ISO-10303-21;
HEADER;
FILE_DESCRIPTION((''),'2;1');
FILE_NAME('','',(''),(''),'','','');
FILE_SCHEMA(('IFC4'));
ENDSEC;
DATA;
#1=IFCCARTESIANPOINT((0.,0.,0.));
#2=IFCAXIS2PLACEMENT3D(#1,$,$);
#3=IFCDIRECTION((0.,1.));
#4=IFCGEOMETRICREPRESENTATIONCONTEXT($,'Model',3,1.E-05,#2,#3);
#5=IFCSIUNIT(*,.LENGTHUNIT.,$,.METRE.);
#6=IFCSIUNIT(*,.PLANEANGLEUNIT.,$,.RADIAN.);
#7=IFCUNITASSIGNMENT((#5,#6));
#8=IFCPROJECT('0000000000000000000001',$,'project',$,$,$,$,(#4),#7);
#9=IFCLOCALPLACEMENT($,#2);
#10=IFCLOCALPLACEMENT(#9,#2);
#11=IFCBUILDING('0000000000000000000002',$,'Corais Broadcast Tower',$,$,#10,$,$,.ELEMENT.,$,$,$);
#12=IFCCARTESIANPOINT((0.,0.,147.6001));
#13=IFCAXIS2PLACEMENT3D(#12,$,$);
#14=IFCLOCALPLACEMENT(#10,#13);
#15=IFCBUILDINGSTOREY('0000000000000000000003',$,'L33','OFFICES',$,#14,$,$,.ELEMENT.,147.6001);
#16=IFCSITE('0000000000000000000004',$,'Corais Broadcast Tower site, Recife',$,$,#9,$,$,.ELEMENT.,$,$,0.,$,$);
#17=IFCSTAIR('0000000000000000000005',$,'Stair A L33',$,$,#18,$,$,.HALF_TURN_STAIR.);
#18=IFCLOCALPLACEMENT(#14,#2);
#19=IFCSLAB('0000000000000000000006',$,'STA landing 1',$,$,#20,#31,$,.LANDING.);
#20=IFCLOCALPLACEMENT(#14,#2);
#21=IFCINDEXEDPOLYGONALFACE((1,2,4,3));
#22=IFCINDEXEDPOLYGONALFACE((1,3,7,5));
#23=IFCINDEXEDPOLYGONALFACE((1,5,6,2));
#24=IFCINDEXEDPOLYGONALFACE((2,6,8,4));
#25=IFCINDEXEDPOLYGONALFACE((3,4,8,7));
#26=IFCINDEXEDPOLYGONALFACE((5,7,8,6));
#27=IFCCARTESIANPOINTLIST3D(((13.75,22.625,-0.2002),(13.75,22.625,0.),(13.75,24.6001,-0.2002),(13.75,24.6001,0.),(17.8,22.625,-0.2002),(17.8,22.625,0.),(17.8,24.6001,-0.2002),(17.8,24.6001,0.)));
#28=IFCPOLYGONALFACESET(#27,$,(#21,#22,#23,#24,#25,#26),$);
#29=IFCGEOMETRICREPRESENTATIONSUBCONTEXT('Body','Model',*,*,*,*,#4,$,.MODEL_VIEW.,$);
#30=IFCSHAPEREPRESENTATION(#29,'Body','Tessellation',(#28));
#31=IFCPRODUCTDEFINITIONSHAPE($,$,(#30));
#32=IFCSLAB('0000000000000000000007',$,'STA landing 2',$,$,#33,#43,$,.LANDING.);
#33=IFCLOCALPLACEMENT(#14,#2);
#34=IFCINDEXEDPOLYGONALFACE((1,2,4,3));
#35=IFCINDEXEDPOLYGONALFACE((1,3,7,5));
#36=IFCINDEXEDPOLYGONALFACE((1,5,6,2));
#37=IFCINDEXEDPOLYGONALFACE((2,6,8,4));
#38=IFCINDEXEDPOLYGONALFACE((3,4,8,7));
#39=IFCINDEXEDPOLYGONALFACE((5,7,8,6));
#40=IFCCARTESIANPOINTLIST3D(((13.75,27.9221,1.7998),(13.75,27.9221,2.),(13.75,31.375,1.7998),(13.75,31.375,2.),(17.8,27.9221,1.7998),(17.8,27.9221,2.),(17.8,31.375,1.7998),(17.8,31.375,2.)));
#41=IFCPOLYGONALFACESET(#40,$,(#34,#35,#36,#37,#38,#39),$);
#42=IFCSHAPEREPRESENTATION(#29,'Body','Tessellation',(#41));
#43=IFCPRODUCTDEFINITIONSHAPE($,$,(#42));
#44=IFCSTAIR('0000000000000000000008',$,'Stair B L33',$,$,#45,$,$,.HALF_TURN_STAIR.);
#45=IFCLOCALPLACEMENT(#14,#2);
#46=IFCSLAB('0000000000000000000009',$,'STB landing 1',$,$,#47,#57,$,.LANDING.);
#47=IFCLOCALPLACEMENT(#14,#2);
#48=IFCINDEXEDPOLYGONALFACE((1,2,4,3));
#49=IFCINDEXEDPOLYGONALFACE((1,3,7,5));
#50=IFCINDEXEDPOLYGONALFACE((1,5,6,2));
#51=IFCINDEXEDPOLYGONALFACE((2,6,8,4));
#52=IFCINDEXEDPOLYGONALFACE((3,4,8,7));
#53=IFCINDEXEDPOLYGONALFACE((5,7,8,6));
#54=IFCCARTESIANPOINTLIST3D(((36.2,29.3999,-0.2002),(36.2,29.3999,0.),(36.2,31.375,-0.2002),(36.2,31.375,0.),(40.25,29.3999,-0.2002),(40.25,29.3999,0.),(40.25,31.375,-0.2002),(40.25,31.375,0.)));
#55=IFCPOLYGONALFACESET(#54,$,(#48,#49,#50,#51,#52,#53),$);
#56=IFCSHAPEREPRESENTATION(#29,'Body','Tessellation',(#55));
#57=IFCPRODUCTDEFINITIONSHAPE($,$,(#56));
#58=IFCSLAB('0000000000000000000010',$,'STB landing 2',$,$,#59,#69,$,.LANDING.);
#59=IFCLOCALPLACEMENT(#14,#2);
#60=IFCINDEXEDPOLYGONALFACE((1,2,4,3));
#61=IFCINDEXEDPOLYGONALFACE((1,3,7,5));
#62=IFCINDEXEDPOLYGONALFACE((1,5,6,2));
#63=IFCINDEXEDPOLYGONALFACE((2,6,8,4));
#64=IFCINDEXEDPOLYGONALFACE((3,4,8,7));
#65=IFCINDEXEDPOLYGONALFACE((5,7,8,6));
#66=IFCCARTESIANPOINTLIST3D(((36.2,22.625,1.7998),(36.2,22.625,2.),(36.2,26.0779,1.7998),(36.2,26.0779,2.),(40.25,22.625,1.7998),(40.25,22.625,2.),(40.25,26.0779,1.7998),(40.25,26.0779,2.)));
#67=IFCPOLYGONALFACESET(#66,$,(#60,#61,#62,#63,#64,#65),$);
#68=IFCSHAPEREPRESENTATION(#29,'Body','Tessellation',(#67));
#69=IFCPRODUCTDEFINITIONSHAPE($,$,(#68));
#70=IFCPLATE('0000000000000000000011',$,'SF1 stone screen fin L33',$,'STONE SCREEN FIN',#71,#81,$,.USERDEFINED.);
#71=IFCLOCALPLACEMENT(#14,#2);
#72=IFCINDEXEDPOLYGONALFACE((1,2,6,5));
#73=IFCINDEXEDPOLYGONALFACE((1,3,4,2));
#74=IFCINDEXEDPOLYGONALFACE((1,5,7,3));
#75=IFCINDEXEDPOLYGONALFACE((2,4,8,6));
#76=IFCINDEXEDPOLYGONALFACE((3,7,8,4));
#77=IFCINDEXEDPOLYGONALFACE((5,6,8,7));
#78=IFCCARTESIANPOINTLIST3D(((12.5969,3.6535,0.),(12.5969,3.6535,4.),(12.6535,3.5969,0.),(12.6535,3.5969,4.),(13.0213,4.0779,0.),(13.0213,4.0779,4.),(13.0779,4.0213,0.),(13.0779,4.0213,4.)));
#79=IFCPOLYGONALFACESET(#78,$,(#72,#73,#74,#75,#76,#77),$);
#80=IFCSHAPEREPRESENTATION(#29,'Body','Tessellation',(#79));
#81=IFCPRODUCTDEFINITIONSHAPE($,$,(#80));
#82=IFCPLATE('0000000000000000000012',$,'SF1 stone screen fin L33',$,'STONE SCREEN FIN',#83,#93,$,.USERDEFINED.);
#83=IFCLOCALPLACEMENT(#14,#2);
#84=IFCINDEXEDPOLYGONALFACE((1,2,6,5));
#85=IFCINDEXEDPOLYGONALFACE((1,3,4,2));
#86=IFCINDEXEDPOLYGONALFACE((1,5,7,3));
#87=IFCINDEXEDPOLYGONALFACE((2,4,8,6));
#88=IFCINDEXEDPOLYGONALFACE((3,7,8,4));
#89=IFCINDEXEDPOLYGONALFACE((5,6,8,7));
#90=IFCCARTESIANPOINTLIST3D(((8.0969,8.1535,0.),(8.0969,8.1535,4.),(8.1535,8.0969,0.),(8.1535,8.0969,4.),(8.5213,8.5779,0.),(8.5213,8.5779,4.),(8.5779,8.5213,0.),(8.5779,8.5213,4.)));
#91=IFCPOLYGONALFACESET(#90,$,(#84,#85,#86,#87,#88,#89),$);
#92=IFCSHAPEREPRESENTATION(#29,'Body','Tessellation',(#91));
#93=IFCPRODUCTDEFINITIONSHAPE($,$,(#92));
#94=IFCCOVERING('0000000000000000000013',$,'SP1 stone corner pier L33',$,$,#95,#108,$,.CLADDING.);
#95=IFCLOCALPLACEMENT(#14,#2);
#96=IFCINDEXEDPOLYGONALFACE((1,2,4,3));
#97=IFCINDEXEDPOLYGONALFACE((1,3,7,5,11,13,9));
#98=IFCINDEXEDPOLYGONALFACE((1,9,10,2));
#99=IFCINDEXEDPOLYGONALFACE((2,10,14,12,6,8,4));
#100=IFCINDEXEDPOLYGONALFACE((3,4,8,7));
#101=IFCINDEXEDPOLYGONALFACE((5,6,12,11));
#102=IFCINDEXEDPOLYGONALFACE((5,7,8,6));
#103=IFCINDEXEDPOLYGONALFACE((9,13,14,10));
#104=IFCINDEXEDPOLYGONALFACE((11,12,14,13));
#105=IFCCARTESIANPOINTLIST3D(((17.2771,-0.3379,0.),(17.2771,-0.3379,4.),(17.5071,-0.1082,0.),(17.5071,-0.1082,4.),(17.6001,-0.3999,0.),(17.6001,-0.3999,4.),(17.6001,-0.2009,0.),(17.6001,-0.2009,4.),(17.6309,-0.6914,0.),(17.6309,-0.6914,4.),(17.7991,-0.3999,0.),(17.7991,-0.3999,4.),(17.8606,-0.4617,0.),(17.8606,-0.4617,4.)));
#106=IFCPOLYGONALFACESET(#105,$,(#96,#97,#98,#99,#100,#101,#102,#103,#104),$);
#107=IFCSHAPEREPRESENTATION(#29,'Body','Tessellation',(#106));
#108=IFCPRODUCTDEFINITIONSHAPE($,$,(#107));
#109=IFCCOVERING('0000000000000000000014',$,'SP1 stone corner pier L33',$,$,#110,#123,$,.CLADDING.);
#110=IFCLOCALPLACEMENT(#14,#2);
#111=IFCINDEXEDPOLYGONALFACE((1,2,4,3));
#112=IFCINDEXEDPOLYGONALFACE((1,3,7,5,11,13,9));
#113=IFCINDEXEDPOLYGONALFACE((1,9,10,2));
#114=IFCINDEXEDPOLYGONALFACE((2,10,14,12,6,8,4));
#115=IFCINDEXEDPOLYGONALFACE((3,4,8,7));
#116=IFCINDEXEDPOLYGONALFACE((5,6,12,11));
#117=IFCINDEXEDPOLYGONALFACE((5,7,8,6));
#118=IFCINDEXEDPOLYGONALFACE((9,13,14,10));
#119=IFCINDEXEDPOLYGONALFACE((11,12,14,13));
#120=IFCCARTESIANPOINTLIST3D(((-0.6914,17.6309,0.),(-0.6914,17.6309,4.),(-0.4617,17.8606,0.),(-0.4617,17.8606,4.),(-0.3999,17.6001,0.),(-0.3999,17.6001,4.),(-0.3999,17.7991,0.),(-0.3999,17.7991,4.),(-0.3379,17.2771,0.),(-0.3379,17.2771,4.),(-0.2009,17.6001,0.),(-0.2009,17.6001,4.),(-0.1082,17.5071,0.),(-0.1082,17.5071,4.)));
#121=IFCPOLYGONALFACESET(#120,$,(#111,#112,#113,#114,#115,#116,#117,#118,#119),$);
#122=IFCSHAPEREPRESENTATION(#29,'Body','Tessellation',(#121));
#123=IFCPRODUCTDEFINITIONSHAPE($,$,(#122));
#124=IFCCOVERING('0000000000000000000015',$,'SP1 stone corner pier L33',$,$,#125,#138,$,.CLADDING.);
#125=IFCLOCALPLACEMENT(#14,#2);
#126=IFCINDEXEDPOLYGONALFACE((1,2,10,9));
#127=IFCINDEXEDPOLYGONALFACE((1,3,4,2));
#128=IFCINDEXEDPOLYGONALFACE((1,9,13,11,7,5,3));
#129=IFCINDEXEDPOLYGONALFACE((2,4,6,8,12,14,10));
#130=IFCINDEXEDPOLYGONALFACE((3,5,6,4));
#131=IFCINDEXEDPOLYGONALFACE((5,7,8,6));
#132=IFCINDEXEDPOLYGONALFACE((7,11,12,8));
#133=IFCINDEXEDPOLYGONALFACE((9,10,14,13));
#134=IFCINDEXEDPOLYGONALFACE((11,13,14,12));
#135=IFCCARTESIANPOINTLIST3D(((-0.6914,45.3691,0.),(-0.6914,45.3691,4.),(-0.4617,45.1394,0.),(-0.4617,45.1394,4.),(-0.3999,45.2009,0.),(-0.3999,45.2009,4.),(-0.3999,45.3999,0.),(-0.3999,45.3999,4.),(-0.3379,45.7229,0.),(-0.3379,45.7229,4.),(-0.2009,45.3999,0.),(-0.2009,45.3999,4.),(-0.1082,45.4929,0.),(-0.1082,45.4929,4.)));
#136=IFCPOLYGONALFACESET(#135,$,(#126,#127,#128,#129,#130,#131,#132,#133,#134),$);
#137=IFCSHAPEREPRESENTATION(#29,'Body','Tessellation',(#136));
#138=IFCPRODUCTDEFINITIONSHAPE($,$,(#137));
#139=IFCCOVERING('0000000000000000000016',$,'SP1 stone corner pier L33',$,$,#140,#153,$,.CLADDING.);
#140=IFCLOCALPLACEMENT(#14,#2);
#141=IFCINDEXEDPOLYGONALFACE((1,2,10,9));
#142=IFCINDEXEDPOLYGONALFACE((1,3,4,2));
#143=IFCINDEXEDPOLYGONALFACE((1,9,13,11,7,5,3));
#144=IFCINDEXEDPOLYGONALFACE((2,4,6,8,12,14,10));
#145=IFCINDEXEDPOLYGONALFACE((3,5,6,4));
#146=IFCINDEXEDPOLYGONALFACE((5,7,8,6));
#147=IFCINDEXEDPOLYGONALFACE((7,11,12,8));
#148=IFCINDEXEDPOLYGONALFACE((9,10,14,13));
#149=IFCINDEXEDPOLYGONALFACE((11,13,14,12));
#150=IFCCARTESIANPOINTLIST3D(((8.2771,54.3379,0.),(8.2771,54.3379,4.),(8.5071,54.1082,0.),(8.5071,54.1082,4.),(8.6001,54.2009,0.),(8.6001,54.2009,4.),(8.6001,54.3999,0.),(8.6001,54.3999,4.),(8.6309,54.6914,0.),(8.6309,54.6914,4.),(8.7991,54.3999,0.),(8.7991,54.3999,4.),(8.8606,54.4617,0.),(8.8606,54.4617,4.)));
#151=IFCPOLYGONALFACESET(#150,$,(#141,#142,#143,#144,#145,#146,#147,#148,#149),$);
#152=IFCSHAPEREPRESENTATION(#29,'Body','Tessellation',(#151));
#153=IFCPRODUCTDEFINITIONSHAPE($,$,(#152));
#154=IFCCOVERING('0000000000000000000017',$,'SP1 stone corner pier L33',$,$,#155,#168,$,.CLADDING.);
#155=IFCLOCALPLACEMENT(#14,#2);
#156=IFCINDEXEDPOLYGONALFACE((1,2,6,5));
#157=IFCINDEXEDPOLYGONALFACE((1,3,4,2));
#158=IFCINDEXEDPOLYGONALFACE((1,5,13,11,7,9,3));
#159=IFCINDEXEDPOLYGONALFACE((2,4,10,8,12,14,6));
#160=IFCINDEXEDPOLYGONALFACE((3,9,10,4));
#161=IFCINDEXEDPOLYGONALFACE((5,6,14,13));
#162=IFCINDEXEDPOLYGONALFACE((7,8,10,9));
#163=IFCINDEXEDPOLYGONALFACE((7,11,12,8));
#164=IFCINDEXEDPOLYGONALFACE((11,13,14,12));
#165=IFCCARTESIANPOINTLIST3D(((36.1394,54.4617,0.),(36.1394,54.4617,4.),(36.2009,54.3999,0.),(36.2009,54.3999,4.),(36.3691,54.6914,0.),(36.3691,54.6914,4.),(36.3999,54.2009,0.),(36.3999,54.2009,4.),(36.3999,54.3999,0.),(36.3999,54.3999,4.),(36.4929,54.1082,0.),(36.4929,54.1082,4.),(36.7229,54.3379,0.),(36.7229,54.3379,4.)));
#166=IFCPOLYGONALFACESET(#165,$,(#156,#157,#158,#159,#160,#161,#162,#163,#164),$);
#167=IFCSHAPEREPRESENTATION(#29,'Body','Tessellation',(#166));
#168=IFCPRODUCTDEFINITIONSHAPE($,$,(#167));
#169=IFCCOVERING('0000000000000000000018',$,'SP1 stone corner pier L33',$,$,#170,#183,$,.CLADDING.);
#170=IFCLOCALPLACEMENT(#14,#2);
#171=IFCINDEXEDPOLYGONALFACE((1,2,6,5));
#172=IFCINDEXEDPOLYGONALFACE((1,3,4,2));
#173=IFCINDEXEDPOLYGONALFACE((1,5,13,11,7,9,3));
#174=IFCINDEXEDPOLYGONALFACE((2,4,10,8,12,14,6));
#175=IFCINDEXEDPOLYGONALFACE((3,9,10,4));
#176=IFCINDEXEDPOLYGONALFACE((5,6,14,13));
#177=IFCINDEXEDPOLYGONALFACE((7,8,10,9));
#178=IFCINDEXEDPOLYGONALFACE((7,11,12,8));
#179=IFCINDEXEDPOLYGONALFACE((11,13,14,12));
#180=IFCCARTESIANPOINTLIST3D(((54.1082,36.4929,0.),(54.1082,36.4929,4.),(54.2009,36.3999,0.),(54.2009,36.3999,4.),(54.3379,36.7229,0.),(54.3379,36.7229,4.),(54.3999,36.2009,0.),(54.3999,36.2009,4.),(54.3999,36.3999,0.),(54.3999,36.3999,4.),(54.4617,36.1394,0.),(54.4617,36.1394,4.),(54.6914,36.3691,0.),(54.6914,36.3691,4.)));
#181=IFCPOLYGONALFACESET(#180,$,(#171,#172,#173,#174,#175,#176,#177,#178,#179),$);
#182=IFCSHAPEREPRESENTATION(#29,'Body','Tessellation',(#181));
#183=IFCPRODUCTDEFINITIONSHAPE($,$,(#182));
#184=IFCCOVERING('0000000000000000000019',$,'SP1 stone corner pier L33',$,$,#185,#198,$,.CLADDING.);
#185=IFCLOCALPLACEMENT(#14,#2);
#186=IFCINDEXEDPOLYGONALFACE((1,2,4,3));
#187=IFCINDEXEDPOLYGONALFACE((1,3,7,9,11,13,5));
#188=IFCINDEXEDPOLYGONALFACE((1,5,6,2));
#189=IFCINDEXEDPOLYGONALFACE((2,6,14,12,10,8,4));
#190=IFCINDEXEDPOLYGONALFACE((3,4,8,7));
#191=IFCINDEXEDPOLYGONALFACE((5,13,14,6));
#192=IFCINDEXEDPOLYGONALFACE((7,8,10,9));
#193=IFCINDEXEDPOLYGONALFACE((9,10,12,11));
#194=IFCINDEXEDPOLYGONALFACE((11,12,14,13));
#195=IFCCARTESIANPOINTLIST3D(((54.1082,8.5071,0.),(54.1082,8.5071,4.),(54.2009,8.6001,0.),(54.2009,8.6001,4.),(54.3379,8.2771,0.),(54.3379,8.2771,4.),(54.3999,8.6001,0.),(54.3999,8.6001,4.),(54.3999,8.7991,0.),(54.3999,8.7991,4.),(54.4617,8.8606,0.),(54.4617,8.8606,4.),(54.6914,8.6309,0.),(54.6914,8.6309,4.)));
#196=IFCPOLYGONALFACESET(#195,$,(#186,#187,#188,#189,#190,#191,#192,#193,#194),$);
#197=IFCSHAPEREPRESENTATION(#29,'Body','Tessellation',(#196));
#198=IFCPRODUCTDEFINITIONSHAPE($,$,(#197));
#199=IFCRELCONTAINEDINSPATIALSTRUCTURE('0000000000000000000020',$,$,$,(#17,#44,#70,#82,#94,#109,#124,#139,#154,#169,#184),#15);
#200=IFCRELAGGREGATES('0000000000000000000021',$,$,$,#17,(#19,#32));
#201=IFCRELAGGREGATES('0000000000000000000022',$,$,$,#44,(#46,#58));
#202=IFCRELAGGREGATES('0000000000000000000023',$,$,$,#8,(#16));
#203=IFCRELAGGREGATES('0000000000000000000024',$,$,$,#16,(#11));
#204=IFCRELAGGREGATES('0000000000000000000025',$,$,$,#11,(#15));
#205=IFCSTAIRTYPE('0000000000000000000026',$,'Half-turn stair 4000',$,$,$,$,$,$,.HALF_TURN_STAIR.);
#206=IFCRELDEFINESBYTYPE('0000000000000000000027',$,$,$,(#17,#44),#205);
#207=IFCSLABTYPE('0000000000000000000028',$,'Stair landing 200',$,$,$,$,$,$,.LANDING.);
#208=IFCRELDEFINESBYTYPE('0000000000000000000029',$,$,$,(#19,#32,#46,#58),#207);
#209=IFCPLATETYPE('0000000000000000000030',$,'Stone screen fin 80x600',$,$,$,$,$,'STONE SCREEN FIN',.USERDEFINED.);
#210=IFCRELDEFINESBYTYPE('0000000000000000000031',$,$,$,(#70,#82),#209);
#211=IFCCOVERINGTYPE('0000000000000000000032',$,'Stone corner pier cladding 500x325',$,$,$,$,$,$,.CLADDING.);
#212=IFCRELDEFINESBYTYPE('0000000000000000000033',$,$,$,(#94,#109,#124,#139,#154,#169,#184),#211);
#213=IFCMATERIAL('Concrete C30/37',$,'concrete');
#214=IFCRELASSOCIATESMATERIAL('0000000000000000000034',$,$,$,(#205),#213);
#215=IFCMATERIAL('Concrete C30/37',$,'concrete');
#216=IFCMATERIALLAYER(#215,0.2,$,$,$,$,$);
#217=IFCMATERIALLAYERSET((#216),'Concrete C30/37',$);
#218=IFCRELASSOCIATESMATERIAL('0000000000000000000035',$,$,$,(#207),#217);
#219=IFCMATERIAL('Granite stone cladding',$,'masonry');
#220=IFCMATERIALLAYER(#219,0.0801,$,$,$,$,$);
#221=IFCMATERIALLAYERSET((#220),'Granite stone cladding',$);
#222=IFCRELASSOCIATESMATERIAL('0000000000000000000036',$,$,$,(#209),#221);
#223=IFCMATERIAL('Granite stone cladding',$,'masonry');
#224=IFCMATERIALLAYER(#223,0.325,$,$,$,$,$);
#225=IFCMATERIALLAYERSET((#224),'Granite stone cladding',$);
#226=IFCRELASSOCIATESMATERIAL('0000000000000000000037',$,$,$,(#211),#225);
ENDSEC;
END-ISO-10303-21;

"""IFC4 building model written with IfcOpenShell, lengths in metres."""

from ifc_helpers import new_model, si_unit, direction, frame, origin, origin_2d, place, context, subcontext, project, spatial, polyline, rectangle, outline, extrude, material, layer, layer_set, type_object, element, aggregate, save


model = new_model("IFC4")

# Units and contexts
model_context = context("Model", 3, precision=1e-05, world=origin(), true_north=direction((0.0, 1.0)))
body_context = subcontext(model_context, "Body", "Model", "MODEL_VIEW")
ifc_project = project(units=[si_unit("LENGTHUNIT", "METRE"), si_unit("PLANEANGLEUNIT", "RADIAN")], contexts=[model_context])

# Site, building, storey
site_placement = place(None, origin())
site = spatial("IfcSite", under=ifc_project, at=site_placement, Name="Corais Broadcast Tower site, Recife", CompositionType="ELEMENT", RefElevation=0.0)
building_placement = place(site_placement, origin())
building = spatial("IfcBuilding", under=site, at=building_placement, Name="Corais Broadcast Tower", CompositionType="ELEMENT")
storey_placement = place(building_placement, frame((0.0, 0.0, 147.6001)))
storey = spatial("IfcBuildingStorey", under=building, at=storey_placement, Name="L33", Description="OFFICES", CompositionType="ELEMENT", Elevation=147.6001)

# Stairs, slabs
ifc_material_1 = material(Name="Concrete C30/37", Category="concrete")
stair_type = type_object("IfcStairType", Name="Half-turn stair 4000", PredefinedType="HALF_TURN_STAIR", material=ifc_material_1)
stair_1_placement = place(storey_placement, origin())
stair_1 = element("IfcStair", 1, at=stair_1_placement, inside=storey, type_object=stair_type, Name="Stair A L33", PredefinedType="HALF_TURN_STAIR")
ifc_material_2 = material(Name="Concrete C30/37", Category="concrete")
ifc_layer_1 = layer(ifc_material_2, 0.2)
ifc_layer_set_1 = layer_set([ifc_layer_1], Name="Concrete C30/37")
slab_type_1 = type_object("IfcSlabType", Name="Stair landing 200", PredefinedType="LANDING", material=ifc_layer_set_1)
slab_1_placement = place(storey_placement, frame((0.0, 0.0, -0.2002)))
slab_1 = element("IfcSlab", 2, at=slab_1_placement, type_object=slab_type_1, Name="STA landing 1", PredefinedType="LANDING", context=body_context, shape_type="SweptSolid", body=[
    extrude(outline(polyline([(13.75, 22.625), (17.8, 22.625), (17.8, 24.6001), (13.75, 24.6001), (13.75, 22.625)])), origin(), (0.0, 0.0, 1.0), 0.2002),
])
slab_2_placement = place(storey_placement, frame((0.0, 0.0, 1.7998)))
slab_2 = element("IfcSlab", 3, at=slab_2_placement, type_object=slab_type_1, Name="STA landing 2", PredefinedType="LANDING", context=body_context, shape_type="SweptSolid", body=[
    extrude(outline(polyline([(13.75, 27.9221), (17.8, 27.9221), (17.8, 31.375), (13.75, 31.375), (13.75, 27.9221)])), origin(), (0.0, 0.0, 1.0), 0.2002),
])
aggregate(stair_1, [slab_1, slab_2])
stair_2_placement = place(storey_placement, origin())
stair_2 = element("IfcStair", 4, at=stair_2_placement, inside=storey, type_object=stair_type, Name="Stair B L33", PredefinedType="HALF_TURN_STAIR")
slab_3_placement = place(storey_placement, frame((0.0, 0.0, -0.2002)))
slab_3 = element("IfcSlab", 5, at=slab_3_placement, type_object=slab_type_1, Name="STB landing 1", PredefinedType="LANDING", context=body_context, shape_type="SweptSolid", body=[
    extrude(outline(polyline([(36.2, 29.3999), (40.25, 29.3999), (40.25, 31.375), (36.2, 31.375), (36.2, 29.3999)])), origin(), (0.0, 0.0, 1.0), 0.2002),
])
slab_4_placement = place(storey_placement, frame((0.0, 0.0, 1.7998)))
slab_4 = element("IfcSlab", 6, at=slab_4_placement, type_object=slab_type_1, Name="STB landing 2", PredefinedType="LANDING", context=body_context, shape_type="SweptSolid", body=[
    extrude(outline(polyline([(36.2, 22.625), (40.25, 22.625), (40.25, 26.0779), (36.2, 26.0779), (36.2, 22.625)])), origin(), (0.0, 0.0, 1.0), 0.2002),
])
aggregate(stair_2, [slab_3, slab_4])

# Plates
ifc_material_3 = material(Name="Granite stone cladding", Category="masonry")
ifc_layer_2 = layer(ifc_material_3, 0.0801)
ifc_layer_set_2 = layer_set([ifc_layer_2], Name="Granite stone cladding")
plate_type_1 = type_object("IfcPlateType", Name="Stone screen fin 80x600", ElementType="STONE SCREEN FIN", PredefinedType="USERDEFINED", material=ifc_layer_set_2)
for number, where, z_axis, x_axis, name in (
    (7, (12.8374, 3.8374, 0.0), (0.0, 0.0, 1.0), (-0.707107, 0.707107, 0.0), "SF1 stone screen fin L33"),
    (8, (8.3374, 8.3374, 0.0), (0.0, 0.0, 1.0), (-0.707107, 0.707107, 0.0), "SF1 stone screen fin L33"),
):
    element("IfcPlate", number, at=place(storey_placement, frame(where, z_axis=z_axis, x_axis=x_axis)), inside=storey, type_object=plate_type_1, Name=name, ObjectType="STONE SCREEN FIN", PredefinedType="USERDEFINED", context=body_context, shape_type="SweptSolid", body=[
        extrude(rectangle(XDim=0.0801, YDim=0.6001, at=origin_2d()), origin(), (0.0, 0.0, 1.0), 4.0),
    ])

# Coverings
ifc_material_4 = material(Name="Granite stone cladding", Category="masonry")
ifc_layer_3 = layer(ifc_material_4, 0.325)
ifc_layer_set_3 = layer_set([ifc_layer_3], Name="Granite stone cladding")
covering_type_1 = type_object("IfcCoveringType", Name="Stone corner pier cladding 500x325", PredefinedType="CLADDING", material=ifc_layer_set_3)
covering_1_placement = place(storey_placement, origin())
element("IfcCovering", 9, at=covering_1_placement, inside=storey, type_object=covering_type_1, Name="SP1 stone corner pier L33", PredefinedType="CLADDING", context=body_context, shape_type="SweptSolid", body=[
    extrude(outline(polyline([(17.8606, -0.4617), (17.7991, -0.3999), (17.6001, -0.3999), (17.6001, -0.2009), (17.5071, -0.1082), (17.2771, -0.3379), (17.6309, -0.6914), (17.8606, -0.4617)])), origin(), (0.0, 0.0, 1.0), 4.0),
])
covering_2_placement = place(storey_placement, origin())
element("IfcCovering", 10, at=covering_2_placement, inside=storey, type_object=covering_type_1, Name="SP1 stone corner pier L33", PredefinedType="CLADDING", context=body_context, shape_type="SweptSolid", body=[
    extrude(outline(polyline([(-0.3999, 17.7991), (-0.4617, 17.8606), (-0.6914, 17.6309), (-0.3379, 17.2771), (-0.1082, 17.5071), (-0.2009, 17.6001), (-0.3999, 17.6001), (-0.3999, 17.7991)])), origin(), (0.0, 0.0, 1.0), 4.0),
])
covering_3_placement = place(storey_placement, origin())
element("IfcCovering", 11, at=covering_3_placement, inside=storey, type_object=covering_type_1, Name="SP1 stone corner pier L33", PredefinedType="CLADDING", context=body_context, shape_type="SweptSolid", body=[
    extrude(outline(polyline([(-0.4617, 45.1394), (-0.3999, 45.2009), (-0.3999, 45.3999), (-0.2009, 45.3999), (-0.1082, 45.4929), (-0.3379, 45.7229), (-0.6914, 45.3691), (-0.4617, 45.1394)])), origin(), (0.0, 0.0, 1.0), 4.0),
])
covering_4_placement = place(storey_placement, origin())
element("IfcCovering", 12, at=covering_4_placement, inside=storey, type_object=covering_type_1, Name="SP1 stone corner pier L33", PredefinedType="CLADDING", context=body_context, shape_type="SweptSolid", body=[
    extrude(outline(polyline([(8.7991, 54.3999), (8.8606, 54.4617), (8.6309, 54.6914), (8.2771, 54.3379), (8.5071, 54.1082), (8.6001, 54.2009), (8.6001, 54.3999), (8.7991, 54.3999)])), origin(), (0.0, 0.0, 1.0), 4.0),
])
covering_5_placement = place(storey_placement, origin())
element("IfcCovering", 13, at=covering_5_placement, inside=storey, type_object=covering_type_1, Name="SP1 stone corner pier L33", PredefinedType="CLADDING", context=body_context, shape_type="SweptSolid", body=[
    extrude(outline(polyline([(36.1394, 54.4617), (36.2009, 54.3999), (36.3999, 54.3999), (36.3999, 54.2009), (36.4929, 54.1082), (36.7229, 54.3379), (36.3691, 54.6914), (36.1394, 54.4617)])), origin(), (0.0, 0.0, 1.0), 4.0),
])
covering_6_placement = place(storey_placement, origin())
element("IfcCovering", 14, at=covering_6_placement, inside=storey, type_object=covering_type_1, Name="SP1 stone corner pier L33", PredefinedType="CLADDING", context=body_context, shape_type="SweptSolid", body=[
    extrude(outline(polyline([(54.3999, 36.2009), (54.4617, 36.1394), (54.6914, 36.3691), (54.3379, 36.7229), (54.1082, 36.4929), (54.2009, 36.3999), (54.3999, 36.3999), (54.3999, 36.2009)])), origin(), (0.0, 0.0, 1.0), 4.0),
])
covering_7_placement = place(storey_placement, origin())
element("IfcCovering", 15, at=covering_7_placement, inside=storey, type_object=covering_type_1, Name="SP1 stone corner pier L33", PredefinedType="CLADDING", context=body_context, shape_type="SweptSolid", body=[
    extrude(outline(polyline([(54.4617, 8.8606), (54.3999, 8.7991), (54.3999, 8.6001), (54.2009, 8.6001), (54.1082, 8.5071), (54.3379, 8.2771), (54.6914, 8.6309), (54.4617, 8.8606)])), origin(), (0.0, 0.0, 1.0), 4.0),
])

save(model, "model.ifc")
